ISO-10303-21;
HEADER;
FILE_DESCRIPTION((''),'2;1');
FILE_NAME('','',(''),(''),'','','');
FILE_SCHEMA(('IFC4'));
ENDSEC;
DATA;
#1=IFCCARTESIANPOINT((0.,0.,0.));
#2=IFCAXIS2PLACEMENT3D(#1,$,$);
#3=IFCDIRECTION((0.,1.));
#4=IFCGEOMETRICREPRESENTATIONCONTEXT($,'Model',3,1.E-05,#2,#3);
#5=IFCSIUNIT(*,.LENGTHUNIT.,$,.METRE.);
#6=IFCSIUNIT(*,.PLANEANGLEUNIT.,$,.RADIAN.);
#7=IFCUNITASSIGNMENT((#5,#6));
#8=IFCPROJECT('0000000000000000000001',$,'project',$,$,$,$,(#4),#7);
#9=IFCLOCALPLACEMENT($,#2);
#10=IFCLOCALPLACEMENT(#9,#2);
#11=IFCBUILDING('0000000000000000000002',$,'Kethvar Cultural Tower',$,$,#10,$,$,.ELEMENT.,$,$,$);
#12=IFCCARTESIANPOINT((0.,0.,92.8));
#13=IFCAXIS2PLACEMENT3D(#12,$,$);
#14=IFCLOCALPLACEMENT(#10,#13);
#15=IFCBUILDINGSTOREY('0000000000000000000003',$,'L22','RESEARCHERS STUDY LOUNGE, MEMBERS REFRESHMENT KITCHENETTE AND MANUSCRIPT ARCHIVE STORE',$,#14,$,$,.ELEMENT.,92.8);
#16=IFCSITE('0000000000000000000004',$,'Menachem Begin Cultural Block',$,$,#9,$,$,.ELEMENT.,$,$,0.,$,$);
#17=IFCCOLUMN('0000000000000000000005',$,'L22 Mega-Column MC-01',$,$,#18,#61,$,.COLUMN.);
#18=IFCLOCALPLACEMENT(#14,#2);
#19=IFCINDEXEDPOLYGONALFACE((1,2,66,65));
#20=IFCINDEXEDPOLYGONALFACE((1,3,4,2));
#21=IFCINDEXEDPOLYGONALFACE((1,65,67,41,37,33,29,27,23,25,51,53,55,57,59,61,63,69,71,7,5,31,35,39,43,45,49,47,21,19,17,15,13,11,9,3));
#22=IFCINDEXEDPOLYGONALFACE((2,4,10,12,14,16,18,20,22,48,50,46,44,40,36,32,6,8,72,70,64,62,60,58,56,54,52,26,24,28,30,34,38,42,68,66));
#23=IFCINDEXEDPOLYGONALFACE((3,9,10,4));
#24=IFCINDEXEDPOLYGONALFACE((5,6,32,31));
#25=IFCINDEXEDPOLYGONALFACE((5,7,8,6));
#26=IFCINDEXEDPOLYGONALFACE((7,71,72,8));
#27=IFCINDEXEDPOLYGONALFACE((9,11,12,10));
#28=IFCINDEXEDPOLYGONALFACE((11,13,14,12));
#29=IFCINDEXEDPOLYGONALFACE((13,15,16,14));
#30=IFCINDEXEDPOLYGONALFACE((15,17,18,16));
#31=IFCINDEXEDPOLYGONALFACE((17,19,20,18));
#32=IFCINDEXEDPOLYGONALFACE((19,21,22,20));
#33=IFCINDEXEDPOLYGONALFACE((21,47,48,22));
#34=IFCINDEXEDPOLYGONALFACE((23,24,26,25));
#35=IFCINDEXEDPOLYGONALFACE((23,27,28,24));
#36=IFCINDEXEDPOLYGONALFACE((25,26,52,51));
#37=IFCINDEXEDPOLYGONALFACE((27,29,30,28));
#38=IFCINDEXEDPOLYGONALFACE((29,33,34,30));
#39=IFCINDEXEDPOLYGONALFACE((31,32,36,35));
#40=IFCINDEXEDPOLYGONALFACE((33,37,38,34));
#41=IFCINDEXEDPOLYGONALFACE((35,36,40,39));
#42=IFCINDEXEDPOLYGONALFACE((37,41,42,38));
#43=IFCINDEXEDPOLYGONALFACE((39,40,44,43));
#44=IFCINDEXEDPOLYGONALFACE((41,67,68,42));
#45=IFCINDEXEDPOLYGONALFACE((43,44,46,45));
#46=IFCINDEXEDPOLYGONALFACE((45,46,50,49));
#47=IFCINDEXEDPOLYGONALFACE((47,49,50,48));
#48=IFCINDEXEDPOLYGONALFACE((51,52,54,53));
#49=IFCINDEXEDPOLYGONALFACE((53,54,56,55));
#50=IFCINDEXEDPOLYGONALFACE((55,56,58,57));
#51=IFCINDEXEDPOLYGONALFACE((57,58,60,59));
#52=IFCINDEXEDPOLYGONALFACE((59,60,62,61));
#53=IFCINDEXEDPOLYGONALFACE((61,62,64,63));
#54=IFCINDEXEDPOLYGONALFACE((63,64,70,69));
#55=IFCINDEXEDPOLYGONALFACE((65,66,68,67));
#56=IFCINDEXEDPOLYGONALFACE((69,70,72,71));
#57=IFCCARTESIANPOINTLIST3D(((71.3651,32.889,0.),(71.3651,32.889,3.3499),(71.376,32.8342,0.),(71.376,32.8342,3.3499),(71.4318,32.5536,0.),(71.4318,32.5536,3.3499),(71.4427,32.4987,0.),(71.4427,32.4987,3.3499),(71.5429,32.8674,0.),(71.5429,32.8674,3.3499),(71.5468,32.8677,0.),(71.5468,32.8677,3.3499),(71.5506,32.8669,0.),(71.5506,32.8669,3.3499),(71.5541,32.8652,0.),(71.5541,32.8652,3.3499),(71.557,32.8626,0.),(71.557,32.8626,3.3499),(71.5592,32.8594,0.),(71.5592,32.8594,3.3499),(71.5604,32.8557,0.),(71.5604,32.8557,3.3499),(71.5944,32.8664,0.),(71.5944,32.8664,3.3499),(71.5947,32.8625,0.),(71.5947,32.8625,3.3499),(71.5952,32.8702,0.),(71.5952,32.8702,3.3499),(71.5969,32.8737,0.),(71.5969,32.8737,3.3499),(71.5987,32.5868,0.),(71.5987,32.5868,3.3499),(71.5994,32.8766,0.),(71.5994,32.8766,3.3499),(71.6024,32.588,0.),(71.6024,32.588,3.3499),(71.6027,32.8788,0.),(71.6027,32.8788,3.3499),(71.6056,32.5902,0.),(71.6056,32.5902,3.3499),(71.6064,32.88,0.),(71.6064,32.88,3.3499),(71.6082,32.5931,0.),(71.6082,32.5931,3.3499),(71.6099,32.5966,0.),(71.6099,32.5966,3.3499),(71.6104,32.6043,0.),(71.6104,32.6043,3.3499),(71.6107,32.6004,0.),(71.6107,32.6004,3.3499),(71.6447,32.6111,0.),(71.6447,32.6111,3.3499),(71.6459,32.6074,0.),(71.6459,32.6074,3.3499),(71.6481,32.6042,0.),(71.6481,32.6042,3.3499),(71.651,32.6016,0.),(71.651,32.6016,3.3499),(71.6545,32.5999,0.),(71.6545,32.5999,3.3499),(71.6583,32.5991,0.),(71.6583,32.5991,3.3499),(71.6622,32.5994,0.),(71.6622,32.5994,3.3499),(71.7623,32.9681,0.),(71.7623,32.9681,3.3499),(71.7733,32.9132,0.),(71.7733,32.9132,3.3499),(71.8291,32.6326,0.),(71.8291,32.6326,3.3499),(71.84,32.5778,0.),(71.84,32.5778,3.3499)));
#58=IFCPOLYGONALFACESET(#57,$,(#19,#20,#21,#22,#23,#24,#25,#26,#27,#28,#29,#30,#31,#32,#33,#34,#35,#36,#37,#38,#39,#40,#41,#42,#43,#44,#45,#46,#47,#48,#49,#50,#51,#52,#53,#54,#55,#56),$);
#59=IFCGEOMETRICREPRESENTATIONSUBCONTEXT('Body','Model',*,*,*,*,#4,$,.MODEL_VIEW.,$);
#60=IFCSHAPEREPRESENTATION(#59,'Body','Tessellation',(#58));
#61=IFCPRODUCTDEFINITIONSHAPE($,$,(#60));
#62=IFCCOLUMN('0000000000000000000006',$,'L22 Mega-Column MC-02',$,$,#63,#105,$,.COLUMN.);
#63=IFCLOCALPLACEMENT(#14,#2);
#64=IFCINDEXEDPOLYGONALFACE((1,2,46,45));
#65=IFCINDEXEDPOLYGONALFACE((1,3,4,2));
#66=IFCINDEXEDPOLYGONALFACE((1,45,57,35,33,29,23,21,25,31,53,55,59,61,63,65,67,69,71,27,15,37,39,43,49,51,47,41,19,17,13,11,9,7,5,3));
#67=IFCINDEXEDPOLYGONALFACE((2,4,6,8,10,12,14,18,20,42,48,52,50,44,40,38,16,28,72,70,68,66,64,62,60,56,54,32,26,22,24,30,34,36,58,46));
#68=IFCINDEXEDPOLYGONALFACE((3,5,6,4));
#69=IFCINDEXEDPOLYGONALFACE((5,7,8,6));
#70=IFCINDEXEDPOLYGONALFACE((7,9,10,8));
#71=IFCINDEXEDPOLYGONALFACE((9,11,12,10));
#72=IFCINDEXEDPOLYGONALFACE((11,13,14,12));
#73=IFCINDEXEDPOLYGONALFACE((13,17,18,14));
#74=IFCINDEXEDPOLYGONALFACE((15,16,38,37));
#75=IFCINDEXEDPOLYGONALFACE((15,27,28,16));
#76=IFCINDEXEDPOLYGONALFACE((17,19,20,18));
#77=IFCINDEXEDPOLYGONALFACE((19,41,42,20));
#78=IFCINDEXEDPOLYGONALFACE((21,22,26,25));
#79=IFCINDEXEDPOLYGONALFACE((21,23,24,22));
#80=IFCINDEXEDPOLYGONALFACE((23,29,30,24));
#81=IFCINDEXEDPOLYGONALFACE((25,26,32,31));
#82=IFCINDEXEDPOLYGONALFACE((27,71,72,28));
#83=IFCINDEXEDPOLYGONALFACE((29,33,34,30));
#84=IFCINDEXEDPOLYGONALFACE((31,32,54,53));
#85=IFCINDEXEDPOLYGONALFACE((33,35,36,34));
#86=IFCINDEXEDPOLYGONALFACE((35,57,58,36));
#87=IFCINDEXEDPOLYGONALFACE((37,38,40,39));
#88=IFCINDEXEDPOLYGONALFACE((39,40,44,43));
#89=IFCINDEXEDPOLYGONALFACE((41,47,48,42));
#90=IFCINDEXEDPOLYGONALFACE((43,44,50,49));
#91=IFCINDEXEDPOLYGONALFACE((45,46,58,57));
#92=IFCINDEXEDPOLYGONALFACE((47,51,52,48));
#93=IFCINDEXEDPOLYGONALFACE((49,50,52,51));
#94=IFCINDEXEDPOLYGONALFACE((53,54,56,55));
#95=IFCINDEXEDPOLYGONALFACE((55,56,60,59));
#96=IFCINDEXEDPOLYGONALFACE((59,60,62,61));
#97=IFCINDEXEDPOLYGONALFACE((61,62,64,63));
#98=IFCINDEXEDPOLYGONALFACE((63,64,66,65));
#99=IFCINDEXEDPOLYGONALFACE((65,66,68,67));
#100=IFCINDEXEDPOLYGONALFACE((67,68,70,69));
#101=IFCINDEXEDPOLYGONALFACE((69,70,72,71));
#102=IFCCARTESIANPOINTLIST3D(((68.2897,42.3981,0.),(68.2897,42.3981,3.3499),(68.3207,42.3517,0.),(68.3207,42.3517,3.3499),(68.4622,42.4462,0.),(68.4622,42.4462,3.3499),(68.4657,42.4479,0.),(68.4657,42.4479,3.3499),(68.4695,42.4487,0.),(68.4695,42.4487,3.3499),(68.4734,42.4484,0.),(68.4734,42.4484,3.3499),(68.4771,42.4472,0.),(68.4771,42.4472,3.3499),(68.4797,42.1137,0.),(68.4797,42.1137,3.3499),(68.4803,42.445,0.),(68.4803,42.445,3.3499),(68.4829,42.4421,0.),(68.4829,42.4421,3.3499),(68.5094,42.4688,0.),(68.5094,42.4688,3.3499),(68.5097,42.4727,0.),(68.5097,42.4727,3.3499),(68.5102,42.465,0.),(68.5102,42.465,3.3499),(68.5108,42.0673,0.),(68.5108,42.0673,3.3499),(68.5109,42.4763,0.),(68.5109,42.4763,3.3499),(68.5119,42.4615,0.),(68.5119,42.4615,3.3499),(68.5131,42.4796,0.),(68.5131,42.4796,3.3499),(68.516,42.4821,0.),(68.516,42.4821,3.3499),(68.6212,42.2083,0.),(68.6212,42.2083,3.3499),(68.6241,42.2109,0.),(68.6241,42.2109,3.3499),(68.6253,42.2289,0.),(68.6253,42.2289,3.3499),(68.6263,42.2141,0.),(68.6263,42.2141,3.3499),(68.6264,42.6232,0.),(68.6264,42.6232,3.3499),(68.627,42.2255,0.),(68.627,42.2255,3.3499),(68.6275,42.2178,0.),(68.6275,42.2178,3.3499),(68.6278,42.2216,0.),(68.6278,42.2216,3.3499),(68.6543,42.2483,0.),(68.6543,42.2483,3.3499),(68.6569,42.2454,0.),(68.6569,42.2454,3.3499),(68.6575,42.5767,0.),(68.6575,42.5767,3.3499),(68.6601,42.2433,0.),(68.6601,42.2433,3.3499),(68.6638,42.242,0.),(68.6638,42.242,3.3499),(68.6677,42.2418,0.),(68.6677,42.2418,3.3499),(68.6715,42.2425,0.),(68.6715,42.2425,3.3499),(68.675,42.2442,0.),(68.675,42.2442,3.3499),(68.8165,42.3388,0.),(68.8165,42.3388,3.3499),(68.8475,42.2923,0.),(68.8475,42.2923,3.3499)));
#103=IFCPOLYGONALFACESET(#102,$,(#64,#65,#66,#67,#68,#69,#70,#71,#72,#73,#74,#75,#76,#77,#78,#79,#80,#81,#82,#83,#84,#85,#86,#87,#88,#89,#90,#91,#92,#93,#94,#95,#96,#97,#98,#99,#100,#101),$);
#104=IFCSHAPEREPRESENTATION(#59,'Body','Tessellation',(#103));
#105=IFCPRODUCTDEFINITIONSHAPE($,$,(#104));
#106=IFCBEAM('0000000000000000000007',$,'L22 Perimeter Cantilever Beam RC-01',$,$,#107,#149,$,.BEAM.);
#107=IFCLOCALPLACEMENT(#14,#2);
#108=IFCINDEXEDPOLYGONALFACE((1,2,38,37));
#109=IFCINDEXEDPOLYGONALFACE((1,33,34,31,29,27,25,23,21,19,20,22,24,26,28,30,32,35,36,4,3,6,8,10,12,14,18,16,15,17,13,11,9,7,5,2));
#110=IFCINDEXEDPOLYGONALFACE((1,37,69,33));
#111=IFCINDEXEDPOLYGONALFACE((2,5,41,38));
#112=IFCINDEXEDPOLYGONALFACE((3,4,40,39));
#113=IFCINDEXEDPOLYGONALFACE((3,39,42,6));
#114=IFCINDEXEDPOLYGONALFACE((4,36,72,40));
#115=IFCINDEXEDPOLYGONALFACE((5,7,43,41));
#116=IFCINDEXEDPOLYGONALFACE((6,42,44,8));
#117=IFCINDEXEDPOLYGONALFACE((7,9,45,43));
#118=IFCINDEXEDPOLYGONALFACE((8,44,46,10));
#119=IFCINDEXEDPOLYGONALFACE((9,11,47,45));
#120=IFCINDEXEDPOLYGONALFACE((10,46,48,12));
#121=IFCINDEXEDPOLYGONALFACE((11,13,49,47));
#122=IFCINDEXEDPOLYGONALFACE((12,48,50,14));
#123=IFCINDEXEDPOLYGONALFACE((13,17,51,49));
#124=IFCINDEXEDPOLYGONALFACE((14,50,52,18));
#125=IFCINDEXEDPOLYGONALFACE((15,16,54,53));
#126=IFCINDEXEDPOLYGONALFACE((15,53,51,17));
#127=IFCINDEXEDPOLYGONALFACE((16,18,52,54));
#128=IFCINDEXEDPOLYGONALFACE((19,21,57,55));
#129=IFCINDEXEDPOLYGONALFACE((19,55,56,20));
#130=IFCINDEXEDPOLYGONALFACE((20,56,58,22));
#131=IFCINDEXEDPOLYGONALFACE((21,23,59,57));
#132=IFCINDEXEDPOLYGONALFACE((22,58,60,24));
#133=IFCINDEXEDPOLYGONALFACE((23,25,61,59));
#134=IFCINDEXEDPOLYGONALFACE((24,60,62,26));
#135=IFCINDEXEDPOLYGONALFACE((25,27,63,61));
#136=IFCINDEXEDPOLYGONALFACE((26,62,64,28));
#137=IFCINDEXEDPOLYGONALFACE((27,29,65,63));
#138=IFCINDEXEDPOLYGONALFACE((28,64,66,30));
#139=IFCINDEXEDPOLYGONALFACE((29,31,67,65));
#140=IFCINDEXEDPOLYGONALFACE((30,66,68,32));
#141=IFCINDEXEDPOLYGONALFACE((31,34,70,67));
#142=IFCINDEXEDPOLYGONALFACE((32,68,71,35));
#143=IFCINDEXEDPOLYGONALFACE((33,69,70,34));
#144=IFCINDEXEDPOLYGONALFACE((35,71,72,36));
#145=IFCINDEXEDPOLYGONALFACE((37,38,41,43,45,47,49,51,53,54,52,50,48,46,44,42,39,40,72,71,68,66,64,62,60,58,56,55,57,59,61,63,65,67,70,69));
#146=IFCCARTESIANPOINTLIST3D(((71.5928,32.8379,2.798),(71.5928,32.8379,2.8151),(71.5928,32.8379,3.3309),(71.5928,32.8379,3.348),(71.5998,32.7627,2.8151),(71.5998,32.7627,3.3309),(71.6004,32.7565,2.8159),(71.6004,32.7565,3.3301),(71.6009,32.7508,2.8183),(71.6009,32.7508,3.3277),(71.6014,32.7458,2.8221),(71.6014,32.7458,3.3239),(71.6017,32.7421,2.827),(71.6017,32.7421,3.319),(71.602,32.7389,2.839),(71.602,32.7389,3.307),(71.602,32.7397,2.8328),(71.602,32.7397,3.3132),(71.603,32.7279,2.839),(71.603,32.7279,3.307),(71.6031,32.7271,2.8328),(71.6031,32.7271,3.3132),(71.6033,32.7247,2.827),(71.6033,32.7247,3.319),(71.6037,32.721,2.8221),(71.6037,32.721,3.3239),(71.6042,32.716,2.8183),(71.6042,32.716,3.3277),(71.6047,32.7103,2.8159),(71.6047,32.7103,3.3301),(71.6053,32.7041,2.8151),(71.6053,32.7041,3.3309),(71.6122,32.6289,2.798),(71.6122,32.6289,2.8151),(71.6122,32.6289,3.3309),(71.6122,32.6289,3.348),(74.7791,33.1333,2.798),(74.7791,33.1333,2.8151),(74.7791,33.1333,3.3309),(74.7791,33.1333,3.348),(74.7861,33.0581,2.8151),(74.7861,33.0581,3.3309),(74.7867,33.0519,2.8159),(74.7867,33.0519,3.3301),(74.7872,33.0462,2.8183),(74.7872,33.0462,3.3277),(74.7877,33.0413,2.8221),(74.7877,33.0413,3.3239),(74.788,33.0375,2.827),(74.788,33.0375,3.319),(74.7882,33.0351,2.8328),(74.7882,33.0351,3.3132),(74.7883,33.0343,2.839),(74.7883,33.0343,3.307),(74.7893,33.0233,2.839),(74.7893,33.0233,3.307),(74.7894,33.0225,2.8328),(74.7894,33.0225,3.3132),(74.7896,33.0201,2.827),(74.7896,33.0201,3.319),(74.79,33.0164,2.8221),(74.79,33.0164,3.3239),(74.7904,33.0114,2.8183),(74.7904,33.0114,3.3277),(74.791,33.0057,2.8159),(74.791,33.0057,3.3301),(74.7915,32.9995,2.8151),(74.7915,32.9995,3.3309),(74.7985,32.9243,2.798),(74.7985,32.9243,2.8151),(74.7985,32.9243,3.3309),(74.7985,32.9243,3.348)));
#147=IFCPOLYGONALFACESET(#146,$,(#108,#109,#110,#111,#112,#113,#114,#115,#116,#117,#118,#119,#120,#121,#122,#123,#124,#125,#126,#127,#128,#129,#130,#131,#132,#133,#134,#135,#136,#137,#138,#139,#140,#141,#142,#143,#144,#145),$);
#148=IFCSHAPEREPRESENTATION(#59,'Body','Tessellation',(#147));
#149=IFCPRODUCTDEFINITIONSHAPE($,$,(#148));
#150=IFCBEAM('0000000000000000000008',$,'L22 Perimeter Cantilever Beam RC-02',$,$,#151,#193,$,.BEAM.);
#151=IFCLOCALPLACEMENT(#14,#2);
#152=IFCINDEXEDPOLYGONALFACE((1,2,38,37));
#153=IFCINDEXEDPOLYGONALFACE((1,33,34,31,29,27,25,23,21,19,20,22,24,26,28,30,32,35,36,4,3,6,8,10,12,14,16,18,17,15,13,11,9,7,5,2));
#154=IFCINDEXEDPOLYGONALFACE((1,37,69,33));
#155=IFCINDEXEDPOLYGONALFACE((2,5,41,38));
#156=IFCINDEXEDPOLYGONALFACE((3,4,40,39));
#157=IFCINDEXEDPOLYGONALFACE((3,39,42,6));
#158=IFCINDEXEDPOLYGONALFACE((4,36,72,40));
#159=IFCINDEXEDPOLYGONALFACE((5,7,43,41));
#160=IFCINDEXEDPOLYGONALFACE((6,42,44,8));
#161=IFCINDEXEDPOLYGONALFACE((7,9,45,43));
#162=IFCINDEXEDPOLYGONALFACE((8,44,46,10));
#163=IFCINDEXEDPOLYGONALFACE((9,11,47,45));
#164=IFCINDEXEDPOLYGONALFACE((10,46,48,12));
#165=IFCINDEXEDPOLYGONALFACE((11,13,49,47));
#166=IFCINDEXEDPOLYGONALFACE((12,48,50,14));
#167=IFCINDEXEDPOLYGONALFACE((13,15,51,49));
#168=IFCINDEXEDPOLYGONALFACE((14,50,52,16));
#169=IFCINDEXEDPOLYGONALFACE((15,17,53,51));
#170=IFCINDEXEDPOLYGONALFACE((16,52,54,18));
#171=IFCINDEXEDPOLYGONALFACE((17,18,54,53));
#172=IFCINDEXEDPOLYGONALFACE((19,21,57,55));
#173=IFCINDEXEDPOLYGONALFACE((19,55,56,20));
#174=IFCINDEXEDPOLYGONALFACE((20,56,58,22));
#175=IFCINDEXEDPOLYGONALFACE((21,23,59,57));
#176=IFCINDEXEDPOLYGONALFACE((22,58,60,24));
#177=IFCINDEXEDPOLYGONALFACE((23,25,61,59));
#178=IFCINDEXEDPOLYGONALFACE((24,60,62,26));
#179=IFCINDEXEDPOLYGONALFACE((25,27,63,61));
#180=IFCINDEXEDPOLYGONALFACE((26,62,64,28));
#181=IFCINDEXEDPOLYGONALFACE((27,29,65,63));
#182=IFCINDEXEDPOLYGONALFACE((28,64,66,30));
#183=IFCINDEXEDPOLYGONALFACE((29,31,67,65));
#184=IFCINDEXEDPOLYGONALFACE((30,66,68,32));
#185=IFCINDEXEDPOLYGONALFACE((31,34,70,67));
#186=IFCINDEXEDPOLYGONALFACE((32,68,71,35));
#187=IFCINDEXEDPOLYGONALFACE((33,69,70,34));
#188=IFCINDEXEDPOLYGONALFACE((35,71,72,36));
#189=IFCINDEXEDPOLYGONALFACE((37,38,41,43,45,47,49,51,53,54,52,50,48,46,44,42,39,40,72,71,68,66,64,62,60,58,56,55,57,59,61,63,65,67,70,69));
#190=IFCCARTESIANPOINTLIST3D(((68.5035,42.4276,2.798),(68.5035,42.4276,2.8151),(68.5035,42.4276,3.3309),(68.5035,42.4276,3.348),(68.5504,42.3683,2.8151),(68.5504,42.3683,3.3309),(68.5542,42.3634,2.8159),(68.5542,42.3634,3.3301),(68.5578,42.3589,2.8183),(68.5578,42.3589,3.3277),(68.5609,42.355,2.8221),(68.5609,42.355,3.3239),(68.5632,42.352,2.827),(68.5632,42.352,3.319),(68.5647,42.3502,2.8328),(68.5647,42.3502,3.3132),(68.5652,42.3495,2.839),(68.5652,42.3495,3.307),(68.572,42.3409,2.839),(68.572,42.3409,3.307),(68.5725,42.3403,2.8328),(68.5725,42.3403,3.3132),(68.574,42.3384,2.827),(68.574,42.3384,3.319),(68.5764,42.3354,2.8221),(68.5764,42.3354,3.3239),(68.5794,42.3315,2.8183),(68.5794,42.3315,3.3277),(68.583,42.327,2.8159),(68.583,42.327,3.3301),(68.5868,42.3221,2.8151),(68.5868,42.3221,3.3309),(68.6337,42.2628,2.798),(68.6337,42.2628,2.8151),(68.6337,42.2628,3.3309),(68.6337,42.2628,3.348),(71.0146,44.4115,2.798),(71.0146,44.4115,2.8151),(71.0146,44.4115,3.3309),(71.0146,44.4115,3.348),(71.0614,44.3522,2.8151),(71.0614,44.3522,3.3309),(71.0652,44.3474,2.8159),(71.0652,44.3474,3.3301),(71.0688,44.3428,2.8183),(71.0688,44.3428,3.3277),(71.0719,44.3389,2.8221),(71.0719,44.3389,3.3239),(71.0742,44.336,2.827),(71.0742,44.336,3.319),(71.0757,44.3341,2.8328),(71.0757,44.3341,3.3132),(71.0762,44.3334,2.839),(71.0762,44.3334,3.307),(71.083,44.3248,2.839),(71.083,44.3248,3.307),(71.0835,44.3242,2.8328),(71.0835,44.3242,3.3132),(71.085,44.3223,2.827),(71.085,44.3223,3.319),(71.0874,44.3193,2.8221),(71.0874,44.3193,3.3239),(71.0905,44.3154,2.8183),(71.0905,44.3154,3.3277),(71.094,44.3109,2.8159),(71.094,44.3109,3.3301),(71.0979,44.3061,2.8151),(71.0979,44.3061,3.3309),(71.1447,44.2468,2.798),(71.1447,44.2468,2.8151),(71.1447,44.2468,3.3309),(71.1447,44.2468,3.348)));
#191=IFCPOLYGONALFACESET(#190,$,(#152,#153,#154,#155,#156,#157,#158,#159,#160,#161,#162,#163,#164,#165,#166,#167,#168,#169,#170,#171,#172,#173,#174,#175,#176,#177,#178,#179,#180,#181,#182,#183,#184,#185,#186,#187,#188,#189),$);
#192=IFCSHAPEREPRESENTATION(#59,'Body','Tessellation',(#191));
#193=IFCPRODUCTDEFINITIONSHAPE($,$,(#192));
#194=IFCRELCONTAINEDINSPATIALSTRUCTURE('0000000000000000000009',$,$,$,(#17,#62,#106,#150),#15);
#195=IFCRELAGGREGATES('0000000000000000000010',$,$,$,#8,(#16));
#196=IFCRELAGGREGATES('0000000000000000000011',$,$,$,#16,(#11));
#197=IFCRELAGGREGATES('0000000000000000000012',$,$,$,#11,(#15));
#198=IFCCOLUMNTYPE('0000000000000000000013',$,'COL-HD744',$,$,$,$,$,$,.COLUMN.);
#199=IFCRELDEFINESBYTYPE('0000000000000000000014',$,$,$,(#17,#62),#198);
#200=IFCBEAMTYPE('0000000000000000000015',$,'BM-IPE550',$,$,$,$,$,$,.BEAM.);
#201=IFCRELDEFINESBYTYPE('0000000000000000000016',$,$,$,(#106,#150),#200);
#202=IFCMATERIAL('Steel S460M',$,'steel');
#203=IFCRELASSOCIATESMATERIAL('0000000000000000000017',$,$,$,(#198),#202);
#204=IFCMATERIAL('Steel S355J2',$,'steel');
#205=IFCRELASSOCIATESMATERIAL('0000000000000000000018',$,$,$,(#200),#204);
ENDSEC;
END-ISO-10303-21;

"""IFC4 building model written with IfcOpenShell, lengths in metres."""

from ifc_helpers import new_model, si_unit, direction, frame, origin, origin_2d, place, context, subcontext, project, spatial, i_section, extrude, source, transform, mapped, material, material_profile, profile_set, type_object, element, save


model = new_model("IFC4")

# Units and contexts
model_context = context("Model", 3, precision=1e-05, world=origin(), true_north=direction((0.0, 1.0)))
body_context = subcontext(model_context, "Body", "Model", "MODEL_VIEW")
ifc_project = project(units=[si_unit("LENGTHUNIT", "METRE"), si_unit("PLANEANGLEUNIT", "RADIAN")], contexts=[model_context])

# Site, building, storey
site_placement = place(None, origin())
site = spatial("IfcSite", under=ifc_project, at=site_placement, Name="Menachem Begin Cultural Block", CompositionType="ELEMENT", RefElevation=0.0)
building_placement = place(site_placement, origin())
building = spatial("IfcBuilding", under=site, at=building_placement, Name="Kethvar Cultural Tower", CompositionType="ELEMENT")
storey_placement = place(building_placement, frame((0.0, 0.0, 92.8)))
storey = spatial("IfcBuildingStorey", under=building, at=storey_placement, Name="L22", Description="RESEARCHERS STUDY LOUNGE, MEMBERS REFRESHMENT KITCHENETTE AND MANUSCRIPT ARCHIVE STORE", CompositionType="ELEMENT", Elevation=92.8)

# Columns
ifc_material_1 = material(Name="Steel S460M", Category="steel")
ifc_material_profile_1 = material_profile(ifc_material_1, i_section(OverallWidth=0.405, OverallDepth=0.3979, WebThickness=0.0349, FlangeThickness=0.0559, FilletRadius=0.0149, at=origin_2d()), Name="Steel S460M — HD400x744")
ifc_profile_set_1 = profile_set([ifc_material_profile_1], Name="Steel S460M — HD400x744")
column_type = type_object("IfcColumnType", Name="COL-HD744", PredefinedType="COLUMN", material=ifc_profile_set_1)
shared_shape_1 = source(origin(), body_context, "Body", "SweptSolid", [
    extrude(i_section(OverallWidth=0.405, OverallDepth=0.3979, WebThickness=0.0349, FlangeThickness=0.0559, FilletRadius=0.0149, at=origin_2d()), origin(), (0.0, 0.0, 1.0), 3.3499),
])
for number, where, z_axis, x_axis, name in (
    (1, (71.6025, 32.7334, 0.0), (0.0, 0.0, 1.0), (0.980785, 0.19509, 0.0), "L22 Mega-Column MC-01"),
    (2, (68.5686, 42.3452, 0.0), (0.0, 0.0, 1.0), (0.83147, 0.55557, 0.0), "L22 Mega-Column MC-02"),
):
    element("IfcColumn", number, at=place(storey_placement, frame(where, z_axis=z_axis, x_axis=x_axis)), inside=storey, type_object=column_type, Name=name, PredefinedType="COLUMN", context=body_context, shape_type="MappedRepresentation", body=[
        mapped(shared_shape_1, transform((0.0, 0.0, 0.0), scale=1.0)),
    ])

# Beams
ifc_material_2 = material(Name="Steel S355J2", Category="steel")
ifc_material_profile_2 = material_profile(ifc_material_2, i_section(OverallWidth=0.21, OverallDepth=0.55, WebThickness=0.011, FlangeThickness=0.0171, FilletRadius=0.0239, at=origin_2d()), Name="Steel S355J2 — IPE550")
ifc_profile_set_2 = profile_set([ifc_material_profile_2], Name="Steel S355J2 — IPE550")
beam_type_1 = type_object("IfcBeamType", Name="BM-IPE550", PredefinedType="BEAM", material=ifc_profile_set_2)
shared_shape_2 = source(origin(), body_context, "Body", "SweptSolid", [
    extrude(i_section(OverallWidth=0.21, OverallDepth=0.55, WebThickness=0.011, FlangeThickness=0.0171, FilletRadius=0.0239, at=origin_2d()), origin(), (0.0, 0.0, 1.0), 3.2),
])
beam_1_placement = place(storey_placement, frame((71.6025, 32.7334, 3.073), z_axis=(0.99573, 0.092317, 0.0), x_axis=(-0.092317, 0.99573, 0.0)))
element("IfcBeam", 3, at=beam_1_placement, inside=storey, type_object=beam_type_1, Name="L22 Perimeter Cantilever Beam RC-01", PredefinedType="BEAM", context=body_context, shape_type="MappedRepresentation", body=[
    mapped(shared_shape_2, transform((0.0, 0.0, 0.0), scale=1.0)),
])
shared_shape_3 = source(origin(), body_context, "Body", "SweptSolid", [
    extrude(i_section(OverallWidth=0.21, OverallDepth=0.55, WebThickness=0.011, FlangeThickness=0.0171, FilletRadius=0.0239, at=origin_2d()), origin(), (0.0, 0.0, 1.0), 3.2002),
])
beam_2_placement = place(storey_placement, frame((68.5686, 42.3452, 3.073), z_axis=(0.78465, 0.619939, 0.0), x_axis=(-0.619939, 0.78465, 0.0)))
element("IfcBeam", 4, at=beam_2_placement, inside=storey, type_object=beam_type_1, Name="L22 Perimeter Cantilever Beam RC-02", PredefinedType="BEAM", context=body_context, shape_type="MappedRepresentation", body=[
    mapped(shared_shape_3, transform((0.0, 0.0, 0.0), scale=1.0)),
])

save(model, "model.ifc")
